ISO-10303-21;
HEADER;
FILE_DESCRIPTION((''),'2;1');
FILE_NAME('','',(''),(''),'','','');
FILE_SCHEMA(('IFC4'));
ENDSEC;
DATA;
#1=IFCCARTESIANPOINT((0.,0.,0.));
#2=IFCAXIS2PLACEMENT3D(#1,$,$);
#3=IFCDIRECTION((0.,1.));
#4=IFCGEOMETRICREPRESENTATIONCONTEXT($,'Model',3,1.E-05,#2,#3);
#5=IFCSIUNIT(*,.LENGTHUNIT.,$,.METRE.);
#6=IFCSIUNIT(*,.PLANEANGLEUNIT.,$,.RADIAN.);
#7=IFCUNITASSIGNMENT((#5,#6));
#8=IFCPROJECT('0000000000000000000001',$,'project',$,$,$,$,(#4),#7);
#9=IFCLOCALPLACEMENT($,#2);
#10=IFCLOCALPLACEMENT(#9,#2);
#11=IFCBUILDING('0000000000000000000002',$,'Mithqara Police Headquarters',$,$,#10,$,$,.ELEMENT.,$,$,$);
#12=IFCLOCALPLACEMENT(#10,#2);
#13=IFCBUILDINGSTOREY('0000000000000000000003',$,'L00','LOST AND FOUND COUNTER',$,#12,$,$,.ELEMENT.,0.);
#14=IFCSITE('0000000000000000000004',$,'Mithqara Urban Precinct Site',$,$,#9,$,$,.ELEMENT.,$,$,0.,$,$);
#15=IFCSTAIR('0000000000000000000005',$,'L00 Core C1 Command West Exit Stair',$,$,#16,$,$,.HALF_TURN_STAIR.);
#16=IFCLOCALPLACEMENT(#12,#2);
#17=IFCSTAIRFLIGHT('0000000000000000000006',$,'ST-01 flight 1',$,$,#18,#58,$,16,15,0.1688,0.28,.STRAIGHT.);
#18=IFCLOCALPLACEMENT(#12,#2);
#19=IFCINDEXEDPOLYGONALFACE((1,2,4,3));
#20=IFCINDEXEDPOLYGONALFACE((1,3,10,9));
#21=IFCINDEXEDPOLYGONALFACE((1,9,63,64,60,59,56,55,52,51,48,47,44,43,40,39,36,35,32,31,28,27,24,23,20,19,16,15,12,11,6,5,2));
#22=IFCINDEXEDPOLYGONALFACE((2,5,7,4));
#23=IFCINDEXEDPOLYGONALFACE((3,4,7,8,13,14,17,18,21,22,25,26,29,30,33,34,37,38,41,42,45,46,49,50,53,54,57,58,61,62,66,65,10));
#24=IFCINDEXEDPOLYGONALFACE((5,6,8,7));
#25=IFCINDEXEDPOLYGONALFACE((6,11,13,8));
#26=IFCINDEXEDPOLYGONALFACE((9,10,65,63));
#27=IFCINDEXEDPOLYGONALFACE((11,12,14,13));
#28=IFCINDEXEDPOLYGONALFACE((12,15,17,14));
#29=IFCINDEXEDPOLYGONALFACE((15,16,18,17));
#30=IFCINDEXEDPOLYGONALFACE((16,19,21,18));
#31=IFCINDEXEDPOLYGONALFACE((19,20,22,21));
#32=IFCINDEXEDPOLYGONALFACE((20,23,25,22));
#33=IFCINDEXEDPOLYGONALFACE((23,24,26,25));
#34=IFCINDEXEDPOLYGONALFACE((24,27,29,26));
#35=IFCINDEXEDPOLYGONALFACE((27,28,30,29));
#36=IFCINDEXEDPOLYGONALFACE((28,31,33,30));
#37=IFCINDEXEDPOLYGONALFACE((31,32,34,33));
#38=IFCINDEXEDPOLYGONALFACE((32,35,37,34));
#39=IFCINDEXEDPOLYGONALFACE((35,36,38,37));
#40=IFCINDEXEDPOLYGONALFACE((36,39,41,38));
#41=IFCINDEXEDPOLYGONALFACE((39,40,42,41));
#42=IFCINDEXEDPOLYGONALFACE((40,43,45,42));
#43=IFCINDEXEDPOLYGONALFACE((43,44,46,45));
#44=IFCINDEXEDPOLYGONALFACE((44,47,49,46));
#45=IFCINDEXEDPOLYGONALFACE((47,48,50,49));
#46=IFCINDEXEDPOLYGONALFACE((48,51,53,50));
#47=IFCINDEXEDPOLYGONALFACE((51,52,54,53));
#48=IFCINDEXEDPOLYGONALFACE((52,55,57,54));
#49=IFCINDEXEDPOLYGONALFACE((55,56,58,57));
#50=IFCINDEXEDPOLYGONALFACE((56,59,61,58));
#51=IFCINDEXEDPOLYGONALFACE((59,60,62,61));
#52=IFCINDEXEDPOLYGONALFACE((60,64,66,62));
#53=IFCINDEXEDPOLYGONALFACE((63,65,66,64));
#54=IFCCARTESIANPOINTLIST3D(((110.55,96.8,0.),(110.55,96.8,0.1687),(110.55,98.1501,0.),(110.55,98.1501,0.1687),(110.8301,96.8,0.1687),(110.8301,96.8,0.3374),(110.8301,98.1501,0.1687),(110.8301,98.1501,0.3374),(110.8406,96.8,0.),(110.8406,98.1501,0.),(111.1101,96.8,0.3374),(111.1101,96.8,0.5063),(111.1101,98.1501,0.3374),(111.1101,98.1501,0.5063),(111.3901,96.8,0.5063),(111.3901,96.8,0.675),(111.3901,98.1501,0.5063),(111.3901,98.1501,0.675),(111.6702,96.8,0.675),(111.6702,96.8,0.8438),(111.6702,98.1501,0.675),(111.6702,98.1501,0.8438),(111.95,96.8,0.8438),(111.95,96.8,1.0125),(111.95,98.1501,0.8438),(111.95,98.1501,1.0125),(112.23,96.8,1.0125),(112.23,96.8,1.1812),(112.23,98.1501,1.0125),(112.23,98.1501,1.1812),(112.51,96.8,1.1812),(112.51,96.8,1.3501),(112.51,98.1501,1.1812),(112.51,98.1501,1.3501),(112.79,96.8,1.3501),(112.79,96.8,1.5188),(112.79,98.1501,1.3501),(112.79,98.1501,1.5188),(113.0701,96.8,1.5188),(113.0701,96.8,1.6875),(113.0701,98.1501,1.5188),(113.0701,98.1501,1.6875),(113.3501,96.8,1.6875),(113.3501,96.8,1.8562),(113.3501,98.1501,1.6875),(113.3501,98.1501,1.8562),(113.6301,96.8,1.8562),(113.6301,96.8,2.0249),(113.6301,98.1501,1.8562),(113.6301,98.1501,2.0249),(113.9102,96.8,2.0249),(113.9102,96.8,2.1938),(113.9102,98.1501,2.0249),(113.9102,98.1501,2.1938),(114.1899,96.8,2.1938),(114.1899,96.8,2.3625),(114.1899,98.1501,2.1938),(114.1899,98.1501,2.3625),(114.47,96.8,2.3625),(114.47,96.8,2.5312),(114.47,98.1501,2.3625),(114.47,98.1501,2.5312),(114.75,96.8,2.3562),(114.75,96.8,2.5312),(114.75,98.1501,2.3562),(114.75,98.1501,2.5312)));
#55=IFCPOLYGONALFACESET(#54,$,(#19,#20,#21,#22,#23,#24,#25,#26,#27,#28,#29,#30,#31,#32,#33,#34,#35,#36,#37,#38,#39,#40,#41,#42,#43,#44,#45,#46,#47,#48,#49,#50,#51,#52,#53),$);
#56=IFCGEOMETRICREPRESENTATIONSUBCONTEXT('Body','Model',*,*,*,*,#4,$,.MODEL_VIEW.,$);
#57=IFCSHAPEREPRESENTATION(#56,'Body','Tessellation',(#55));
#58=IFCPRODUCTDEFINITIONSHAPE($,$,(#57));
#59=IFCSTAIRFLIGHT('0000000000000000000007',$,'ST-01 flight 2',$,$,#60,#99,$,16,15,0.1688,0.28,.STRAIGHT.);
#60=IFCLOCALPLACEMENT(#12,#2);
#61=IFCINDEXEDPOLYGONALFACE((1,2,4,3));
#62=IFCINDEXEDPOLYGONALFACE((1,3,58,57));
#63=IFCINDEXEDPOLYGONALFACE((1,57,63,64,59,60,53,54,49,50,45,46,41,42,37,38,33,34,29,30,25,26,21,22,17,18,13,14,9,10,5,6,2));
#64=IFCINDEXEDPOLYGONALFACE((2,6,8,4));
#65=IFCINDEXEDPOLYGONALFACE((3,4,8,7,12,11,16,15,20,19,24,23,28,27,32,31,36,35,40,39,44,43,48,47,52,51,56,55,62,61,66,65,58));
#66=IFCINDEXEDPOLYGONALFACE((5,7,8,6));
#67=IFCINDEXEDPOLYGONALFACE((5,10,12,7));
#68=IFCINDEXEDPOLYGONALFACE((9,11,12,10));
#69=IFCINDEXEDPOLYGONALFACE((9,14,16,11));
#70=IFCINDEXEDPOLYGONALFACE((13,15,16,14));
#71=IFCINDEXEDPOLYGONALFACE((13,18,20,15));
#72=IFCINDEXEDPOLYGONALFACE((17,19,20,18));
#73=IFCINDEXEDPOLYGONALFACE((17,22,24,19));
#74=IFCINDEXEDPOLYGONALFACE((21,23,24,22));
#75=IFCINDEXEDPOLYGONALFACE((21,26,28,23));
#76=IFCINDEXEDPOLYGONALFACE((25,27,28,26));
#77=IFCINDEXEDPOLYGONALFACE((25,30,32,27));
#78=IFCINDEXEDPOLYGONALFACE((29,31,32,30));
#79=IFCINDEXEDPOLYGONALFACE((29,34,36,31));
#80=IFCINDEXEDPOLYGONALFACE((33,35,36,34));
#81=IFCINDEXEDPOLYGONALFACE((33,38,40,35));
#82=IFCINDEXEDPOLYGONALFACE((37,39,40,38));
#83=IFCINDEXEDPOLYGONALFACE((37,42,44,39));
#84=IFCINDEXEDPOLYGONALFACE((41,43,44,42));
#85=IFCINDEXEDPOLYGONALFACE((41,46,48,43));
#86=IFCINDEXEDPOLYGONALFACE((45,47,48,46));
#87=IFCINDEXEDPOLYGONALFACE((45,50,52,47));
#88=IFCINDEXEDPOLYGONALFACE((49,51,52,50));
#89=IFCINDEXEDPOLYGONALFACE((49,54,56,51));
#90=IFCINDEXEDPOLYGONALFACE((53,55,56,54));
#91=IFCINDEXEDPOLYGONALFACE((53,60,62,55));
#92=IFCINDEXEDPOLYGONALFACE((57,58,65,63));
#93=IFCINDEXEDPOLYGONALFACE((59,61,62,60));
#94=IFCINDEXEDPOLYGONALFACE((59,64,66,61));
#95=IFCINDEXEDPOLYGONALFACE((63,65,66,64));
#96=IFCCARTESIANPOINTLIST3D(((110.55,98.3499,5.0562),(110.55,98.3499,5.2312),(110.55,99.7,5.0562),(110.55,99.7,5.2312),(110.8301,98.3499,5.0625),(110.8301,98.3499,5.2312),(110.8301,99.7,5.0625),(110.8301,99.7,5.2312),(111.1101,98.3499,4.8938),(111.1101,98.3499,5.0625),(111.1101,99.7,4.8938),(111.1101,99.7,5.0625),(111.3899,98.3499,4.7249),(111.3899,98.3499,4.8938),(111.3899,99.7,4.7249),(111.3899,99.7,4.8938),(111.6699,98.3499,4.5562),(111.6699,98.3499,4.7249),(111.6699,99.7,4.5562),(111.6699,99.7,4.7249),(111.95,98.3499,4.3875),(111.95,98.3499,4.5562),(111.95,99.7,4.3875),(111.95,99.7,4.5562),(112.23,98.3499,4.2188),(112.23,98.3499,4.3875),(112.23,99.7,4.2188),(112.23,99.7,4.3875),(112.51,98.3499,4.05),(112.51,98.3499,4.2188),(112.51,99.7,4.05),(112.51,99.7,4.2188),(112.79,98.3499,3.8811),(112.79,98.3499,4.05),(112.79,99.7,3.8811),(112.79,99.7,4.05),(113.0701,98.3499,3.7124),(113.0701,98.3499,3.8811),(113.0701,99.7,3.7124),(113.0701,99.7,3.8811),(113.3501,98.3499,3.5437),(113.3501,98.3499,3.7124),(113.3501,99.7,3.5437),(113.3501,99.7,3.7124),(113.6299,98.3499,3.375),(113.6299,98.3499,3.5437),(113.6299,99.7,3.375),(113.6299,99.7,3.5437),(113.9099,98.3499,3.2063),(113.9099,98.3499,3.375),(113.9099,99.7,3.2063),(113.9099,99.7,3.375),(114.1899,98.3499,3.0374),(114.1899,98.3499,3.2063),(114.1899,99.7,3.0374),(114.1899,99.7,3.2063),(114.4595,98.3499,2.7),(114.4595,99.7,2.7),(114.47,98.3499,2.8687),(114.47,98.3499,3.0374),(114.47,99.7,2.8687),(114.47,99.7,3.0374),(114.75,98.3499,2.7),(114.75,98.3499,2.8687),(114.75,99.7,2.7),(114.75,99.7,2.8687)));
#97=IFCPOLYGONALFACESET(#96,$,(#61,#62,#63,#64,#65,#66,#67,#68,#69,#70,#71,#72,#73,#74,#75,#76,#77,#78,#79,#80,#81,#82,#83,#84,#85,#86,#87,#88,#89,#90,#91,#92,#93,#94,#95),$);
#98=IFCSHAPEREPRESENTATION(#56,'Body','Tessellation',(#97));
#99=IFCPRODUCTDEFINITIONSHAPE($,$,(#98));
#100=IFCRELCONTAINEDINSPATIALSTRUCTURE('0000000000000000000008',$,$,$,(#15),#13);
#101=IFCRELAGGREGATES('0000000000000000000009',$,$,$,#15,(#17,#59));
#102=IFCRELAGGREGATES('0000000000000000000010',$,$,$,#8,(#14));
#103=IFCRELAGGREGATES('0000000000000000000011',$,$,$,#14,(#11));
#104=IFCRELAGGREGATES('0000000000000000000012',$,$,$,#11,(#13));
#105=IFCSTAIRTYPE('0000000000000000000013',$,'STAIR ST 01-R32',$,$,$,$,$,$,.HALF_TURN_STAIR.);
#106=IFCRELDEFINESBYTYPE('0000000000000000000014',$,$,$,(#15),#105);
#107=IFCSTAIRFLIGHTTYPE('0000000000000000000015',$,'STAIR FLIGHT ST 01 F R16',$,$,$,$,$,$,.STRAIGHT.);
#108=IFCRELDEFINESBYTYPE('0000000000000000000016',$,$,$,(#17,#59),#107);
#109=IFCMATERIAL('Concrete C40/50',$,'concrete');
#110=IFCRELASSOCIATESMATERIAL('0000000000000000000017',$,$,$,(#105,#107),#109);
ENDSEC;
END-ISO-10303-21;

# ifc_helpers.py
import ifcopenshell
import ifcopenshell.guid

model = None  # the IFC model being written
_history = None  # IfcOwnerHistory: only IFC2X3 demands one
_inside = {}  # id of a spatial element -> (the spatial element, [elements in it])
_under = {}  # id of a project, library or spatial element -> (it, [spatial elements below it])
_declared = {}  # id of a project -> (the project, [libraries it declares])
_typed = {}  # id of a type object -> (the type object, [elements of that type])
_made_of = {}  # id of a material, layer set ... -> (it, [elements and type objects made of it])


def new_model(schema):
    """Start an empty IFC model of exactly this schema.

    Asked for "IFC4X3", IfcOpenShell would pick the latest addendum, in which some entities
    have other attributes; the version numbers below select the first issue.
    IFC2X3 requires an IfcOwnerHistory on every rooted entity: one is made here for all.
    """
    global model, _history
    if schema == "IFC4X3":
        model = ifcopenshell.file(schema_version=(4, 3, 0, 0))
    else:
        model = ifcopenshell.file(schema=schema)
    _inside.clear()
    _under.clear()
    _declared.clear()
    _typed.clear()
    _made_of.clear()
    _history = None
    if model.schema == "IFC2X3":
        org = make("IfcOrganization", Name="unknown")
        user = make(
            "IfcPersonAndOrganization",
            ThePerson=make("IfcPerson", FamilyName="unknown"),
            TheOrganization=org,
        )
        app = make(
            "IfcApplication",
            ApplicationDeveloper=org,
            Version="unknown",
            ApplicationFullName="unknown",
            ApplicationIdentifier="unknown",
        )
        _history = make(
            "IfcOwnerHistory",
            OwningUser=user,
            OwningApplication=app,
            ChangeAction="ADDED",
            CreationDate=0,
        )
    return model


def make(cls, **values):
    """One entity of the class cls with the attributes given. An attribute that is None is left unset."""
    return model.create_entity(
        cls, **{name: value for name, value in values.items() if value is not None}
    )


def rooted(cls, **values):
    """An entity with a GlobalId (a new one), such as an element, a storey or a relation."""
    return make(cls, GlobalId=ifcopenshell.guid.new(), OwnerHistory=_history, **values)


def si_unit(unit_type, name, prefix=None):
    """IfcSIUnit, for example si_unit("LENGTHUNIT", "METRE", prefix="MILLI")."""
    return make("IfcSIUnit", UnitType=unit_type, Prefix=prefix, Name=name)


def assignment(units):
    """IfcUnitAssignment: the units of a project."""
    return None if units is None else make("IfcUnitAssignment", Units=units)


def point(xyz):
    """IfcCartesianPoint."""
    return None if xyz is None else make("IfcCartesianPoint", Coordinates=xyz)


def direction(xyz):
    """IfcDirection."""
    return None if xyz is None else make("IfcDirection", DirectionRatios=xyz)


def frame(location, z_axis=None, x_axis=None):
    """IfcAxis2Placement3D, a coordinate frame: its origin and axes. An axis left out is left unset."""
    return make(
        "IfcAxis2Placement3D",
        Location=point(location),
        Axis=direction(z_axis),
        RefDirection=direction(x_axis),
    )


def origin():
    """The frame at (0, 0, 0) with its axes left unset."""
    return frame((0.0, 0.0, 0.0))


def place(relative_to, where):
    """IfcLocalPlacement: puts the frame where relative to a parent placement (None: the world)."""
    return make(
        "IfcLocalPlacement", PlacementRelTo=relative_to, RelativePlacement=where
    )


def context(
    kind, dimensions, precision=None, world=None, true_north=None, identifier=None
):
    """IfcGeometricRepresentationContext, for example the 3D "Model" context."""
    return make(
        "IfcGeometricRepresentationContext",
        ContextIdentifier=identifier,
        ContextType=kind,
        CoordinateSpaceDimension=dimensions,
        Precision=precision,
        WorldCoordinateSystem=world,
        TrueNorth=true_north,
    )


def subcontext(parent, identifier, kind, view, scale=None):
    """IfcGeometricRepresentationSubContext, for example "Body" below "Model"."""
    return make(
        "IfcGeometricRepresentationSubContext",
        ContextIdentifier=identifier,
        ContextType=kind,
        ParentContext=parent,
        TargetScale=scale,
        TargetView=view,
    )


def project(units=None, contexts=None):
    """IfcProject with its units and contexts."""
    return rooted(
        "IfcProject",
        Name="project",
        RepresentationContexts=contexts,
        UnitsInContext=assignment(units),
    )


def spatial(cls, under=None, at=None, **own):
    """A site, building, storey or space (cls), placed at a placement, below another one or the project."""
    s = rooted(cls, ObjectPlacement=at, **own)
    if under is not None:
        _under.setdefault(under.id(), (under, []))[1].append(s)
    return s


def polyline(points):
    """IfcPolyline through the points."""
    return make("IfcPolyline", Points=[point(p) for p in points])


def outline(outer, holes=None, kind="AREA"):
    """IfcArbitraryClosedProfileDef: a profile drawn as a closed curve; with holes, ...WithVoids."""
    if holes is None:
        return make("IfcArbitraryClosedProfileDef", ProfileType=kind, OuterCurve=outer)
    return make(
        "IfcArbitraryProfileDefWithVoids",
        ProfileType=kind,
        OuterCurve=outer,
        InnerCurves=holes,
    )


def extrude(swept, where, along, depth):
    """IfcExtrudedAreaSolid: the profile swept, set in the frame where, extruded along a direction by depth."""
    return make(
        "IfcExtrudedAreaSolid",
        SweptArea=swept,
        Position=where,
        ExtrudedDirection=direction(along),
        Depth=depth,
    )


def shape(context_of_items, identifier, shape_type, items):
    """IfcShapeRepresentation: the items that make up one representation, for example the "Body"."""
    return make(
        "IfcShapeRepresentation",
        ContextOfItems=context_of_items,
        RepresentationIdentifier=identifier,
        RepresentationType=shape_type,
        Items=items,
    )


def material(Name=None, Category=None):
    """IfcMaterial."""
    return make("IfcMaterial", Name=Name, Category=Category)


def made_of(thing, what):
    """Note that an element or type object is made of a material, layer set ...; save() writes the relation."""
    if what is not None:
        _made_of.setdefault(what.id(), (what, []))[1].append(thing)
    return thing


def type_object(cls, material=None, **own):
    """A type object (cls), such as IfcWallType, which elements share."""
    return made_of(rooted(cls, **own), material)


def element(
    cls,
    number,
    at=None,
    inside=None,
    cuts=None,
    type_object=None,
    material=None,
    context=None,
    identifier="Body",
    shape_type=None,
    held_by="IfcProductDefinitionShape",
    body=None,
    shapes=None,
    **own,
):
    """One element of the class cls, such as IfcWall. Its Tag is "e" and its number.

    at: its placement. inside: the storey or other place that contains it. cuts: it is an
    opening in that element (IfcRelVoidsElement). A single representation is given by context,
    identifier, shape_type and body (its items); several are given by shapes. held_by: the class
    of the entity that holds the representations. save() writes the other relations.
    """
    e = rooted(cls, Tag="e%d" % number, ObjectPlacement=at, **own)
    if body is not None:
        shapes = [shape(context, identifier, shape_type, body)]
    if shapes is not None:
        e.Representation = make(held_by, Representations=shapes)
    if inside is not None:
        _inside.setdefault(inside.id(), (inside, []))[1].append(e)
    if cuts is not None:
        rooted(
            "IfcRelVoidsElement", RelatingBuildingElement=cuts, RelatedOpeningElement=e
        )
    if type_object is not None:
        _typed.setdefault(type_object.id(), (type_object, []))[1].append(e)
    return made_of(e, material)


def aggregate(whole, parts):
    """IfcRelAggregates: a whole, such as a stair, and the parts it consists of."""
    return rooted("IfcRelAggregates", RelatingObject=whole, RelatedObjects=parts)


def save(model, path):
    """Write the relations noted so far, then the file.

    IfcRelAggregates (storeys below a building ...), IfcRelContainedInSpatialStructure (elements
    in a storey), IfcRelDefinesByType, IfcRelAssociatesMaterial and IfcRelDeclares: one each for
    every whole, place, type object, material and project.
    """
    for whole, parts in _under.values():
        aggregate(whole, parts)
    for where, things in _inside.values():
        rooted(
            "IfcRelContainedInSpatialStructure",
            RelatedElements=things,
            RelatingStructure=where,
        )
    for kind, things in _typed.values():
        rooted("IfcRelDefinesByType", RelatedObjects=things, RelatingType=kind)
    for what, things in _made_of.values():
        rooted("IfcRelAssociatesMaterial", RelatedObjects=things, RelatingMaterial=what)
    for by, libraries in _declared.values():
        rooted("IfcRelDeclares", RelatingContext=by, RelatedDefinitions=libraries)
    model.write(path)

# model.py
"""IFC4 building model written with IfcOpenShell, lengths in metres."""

from ifc_helpers import new_model, si_unit, direction, frame, origin, place, context, subcontext, project, spatial, polyline, outline, extrude, material, type_object, element, aggregate, save


model = new_model("IFC4")

# Units and contexts
model_context = context("Model", 3, precision=1e-05, world=origin(), true_north=direction((0.0, 1.0)))
body_context = subcontext(model_context, "Body", "Model", "MODEL_VIEW")
ifc_project = project(units=[si_unit("LENGTHUNIT", "METRE"), si_unit("PLANEANGLEUNIT", "RADIAN")], contexts=[model_context])

# Site, building, storey
site_placement = place(None, origin())
site = spatial("IfcSite", under=ifc_project, at=site_placement, Name="Mithqara Urban Precinct Site", CompositionType="ELEMENT", RefElevation=0.0)
building_placement = place(site_placement, origin())
building = spatial("IfcBuilding", under=site, at=building_placement, Name="Mithqara Police Headquarters", CompositionType="ELEMENT")
storey_placement = place(building_placement, origin())
storey = spatial("IfcBuildingStorey", under=building, at=storey_placement, Name="L00", Description="LOST AND FOUND COUNTER", CompositionType="ELEMENT", Elevation=0.0)

# Shared definitions
ifc_material_1 = material(Name="Concrete C40/50", Category="concrete")

# Stair, stair flights
stair_type = type_object("IfcStairType", Name="STAIR ST 01-R32", PredefinedType="HALF_TURN_STAIR", material=ifc_material_1)
stair_placement = place(storey_placement, origin())
stair = element("IfcStair", 1, at=stair_placement, inside=storey, type_object=stair_type, Name="L00 Core C1 Command West Exit Stair", PredefinedType="HALF_TURN_STAIR")
stair_flight_type = type_object("IfcStairFlightType", Name="STAIR FLIGHT ST 01 F R16", PredefinedType="STRAIGHT", material=ifc_material_1)
stair_flight_1_placement = place(storey_placement, frame((110.55, 97.4751, 0.0), z_axis=(0.0, 0.0, 1.0), x_axis=(1.0, 0.0, 0.0)))
stair_flight_1 = element("IfcStairFlight", 2, at=stair_flight_1_placement, type_object=stair_flight_type, Name="ST-01 flight 1", NumberOfRisers=16, NumberOfTreads=15, PredefinedType="STRAIGHT", RiserHeight=0.1688, TreadLength=0.28, context=body_context, shape_type="SweptSolid", body=[
    extrude(outline(polyline([(0.0, 0.0), (0.0, 0.1687), (0.28, 0.1687), (0.28, 0.3374), (0.5601, 0.3374), (0.5601, 0.5063), (0.8401, 0.5063), (0.8401, 0.675), (1.1201, 0.675), (1.1201, 0.8438), (1.3999, 0.8438), (1.3999, 1.0125), (1.6799, 1.0125), (1.6799, 1.1812), (1.96, 1.1812), (1.96, 1.3501), (2.24, 1.3501), (2.24, 1.5188), (2.52, 1.5188), (2.52, 1.6875), (2.8, 1.6875), (2.8, 1.8562), (3.0801, 1.8562), (3.0801, 2.0249), (3.3601, 2.0249), (3.3601, 2.1938), (3.6399, 2.1938), (3.6399, 2.3625), (3.9199, 2.3625), (3.9199, 2.5312), (4.2, 2.5312), (4.2, 2.7), (4.2, 2.3562), (0.2905, 0.0), (0.0, 0.0)])), frame((0.0, 0.675, 0.0), z_axis=(0.0, -1.0, 0.0), x_axis=(1.0, 0.0, 0.0)), (0.0, 0.0, 1.0), 1.3501),
])
stair_flight_2_placement = place(storey_placement, frame((114.75, 99.0249, 2.7), z_axis=(0.0, 0.0, 1.0), x_axis=(-1.0, 0.0, 0.0)))
stair_flight_2 = element("IfcStairFlight", 3, at=stair_flight_2_placement, type_object=stair_flight_type, Name="ST-01 flight 2", NumberOfRisers=16, NumberOfTreads=15, PredefinedType="STRAIGHT", RiserHeight=0.1688, TreadLength=0.28, context=body_context, shape_type="SweptSolid", body=[
    extrude(outline(polyline([(0.0, 0.0), (0.0, 0.1687), (0.28, 0.1687), (0.28, 0.3374), (0.5601, 0.3374), (0.5601, 0.5063), (0.8401, 0.5063), (0.8401, 0.675), (1.1201, 0.675), (1.1201, 0.8438), (1.3999, 0.8438), (1.3999, 1.0125), (1.6799, 1.0125), (1.6799, 1.1812), (1.96, 1.1812), (1.96, 1.3501), (2.24, 1.3501), (2.24, 1.5188), (2.52, 1.5188), (2.52, 1.6875), (2.8, 1.6875), (2.8, 1.8562), (3.0801, 1.8562), (3.0801, 2.0249), (3.3601, 2.0249), (3.3601, 2.1938), (3.6399, 2.1938), (3.6399, 2.3625), (3.9199, 2.3625), (3.9199, 2.5312), (4.2, 2.5312), (4.2, 2.7), (4.2, 2.3562), (0.2905, 0.0), (0.0, 0.0)])), frame((0.0, 0.675, 0.0), z_axis=(0.0, -1.0, 0.0), x_axis=(1.0, 0.0, 0.0)), (0.0, 0.0, 1.0), 1.3501),
])
aggregate(stair, [stair_flight_1, stair_flight_2])

save(model, "model.ifc")
